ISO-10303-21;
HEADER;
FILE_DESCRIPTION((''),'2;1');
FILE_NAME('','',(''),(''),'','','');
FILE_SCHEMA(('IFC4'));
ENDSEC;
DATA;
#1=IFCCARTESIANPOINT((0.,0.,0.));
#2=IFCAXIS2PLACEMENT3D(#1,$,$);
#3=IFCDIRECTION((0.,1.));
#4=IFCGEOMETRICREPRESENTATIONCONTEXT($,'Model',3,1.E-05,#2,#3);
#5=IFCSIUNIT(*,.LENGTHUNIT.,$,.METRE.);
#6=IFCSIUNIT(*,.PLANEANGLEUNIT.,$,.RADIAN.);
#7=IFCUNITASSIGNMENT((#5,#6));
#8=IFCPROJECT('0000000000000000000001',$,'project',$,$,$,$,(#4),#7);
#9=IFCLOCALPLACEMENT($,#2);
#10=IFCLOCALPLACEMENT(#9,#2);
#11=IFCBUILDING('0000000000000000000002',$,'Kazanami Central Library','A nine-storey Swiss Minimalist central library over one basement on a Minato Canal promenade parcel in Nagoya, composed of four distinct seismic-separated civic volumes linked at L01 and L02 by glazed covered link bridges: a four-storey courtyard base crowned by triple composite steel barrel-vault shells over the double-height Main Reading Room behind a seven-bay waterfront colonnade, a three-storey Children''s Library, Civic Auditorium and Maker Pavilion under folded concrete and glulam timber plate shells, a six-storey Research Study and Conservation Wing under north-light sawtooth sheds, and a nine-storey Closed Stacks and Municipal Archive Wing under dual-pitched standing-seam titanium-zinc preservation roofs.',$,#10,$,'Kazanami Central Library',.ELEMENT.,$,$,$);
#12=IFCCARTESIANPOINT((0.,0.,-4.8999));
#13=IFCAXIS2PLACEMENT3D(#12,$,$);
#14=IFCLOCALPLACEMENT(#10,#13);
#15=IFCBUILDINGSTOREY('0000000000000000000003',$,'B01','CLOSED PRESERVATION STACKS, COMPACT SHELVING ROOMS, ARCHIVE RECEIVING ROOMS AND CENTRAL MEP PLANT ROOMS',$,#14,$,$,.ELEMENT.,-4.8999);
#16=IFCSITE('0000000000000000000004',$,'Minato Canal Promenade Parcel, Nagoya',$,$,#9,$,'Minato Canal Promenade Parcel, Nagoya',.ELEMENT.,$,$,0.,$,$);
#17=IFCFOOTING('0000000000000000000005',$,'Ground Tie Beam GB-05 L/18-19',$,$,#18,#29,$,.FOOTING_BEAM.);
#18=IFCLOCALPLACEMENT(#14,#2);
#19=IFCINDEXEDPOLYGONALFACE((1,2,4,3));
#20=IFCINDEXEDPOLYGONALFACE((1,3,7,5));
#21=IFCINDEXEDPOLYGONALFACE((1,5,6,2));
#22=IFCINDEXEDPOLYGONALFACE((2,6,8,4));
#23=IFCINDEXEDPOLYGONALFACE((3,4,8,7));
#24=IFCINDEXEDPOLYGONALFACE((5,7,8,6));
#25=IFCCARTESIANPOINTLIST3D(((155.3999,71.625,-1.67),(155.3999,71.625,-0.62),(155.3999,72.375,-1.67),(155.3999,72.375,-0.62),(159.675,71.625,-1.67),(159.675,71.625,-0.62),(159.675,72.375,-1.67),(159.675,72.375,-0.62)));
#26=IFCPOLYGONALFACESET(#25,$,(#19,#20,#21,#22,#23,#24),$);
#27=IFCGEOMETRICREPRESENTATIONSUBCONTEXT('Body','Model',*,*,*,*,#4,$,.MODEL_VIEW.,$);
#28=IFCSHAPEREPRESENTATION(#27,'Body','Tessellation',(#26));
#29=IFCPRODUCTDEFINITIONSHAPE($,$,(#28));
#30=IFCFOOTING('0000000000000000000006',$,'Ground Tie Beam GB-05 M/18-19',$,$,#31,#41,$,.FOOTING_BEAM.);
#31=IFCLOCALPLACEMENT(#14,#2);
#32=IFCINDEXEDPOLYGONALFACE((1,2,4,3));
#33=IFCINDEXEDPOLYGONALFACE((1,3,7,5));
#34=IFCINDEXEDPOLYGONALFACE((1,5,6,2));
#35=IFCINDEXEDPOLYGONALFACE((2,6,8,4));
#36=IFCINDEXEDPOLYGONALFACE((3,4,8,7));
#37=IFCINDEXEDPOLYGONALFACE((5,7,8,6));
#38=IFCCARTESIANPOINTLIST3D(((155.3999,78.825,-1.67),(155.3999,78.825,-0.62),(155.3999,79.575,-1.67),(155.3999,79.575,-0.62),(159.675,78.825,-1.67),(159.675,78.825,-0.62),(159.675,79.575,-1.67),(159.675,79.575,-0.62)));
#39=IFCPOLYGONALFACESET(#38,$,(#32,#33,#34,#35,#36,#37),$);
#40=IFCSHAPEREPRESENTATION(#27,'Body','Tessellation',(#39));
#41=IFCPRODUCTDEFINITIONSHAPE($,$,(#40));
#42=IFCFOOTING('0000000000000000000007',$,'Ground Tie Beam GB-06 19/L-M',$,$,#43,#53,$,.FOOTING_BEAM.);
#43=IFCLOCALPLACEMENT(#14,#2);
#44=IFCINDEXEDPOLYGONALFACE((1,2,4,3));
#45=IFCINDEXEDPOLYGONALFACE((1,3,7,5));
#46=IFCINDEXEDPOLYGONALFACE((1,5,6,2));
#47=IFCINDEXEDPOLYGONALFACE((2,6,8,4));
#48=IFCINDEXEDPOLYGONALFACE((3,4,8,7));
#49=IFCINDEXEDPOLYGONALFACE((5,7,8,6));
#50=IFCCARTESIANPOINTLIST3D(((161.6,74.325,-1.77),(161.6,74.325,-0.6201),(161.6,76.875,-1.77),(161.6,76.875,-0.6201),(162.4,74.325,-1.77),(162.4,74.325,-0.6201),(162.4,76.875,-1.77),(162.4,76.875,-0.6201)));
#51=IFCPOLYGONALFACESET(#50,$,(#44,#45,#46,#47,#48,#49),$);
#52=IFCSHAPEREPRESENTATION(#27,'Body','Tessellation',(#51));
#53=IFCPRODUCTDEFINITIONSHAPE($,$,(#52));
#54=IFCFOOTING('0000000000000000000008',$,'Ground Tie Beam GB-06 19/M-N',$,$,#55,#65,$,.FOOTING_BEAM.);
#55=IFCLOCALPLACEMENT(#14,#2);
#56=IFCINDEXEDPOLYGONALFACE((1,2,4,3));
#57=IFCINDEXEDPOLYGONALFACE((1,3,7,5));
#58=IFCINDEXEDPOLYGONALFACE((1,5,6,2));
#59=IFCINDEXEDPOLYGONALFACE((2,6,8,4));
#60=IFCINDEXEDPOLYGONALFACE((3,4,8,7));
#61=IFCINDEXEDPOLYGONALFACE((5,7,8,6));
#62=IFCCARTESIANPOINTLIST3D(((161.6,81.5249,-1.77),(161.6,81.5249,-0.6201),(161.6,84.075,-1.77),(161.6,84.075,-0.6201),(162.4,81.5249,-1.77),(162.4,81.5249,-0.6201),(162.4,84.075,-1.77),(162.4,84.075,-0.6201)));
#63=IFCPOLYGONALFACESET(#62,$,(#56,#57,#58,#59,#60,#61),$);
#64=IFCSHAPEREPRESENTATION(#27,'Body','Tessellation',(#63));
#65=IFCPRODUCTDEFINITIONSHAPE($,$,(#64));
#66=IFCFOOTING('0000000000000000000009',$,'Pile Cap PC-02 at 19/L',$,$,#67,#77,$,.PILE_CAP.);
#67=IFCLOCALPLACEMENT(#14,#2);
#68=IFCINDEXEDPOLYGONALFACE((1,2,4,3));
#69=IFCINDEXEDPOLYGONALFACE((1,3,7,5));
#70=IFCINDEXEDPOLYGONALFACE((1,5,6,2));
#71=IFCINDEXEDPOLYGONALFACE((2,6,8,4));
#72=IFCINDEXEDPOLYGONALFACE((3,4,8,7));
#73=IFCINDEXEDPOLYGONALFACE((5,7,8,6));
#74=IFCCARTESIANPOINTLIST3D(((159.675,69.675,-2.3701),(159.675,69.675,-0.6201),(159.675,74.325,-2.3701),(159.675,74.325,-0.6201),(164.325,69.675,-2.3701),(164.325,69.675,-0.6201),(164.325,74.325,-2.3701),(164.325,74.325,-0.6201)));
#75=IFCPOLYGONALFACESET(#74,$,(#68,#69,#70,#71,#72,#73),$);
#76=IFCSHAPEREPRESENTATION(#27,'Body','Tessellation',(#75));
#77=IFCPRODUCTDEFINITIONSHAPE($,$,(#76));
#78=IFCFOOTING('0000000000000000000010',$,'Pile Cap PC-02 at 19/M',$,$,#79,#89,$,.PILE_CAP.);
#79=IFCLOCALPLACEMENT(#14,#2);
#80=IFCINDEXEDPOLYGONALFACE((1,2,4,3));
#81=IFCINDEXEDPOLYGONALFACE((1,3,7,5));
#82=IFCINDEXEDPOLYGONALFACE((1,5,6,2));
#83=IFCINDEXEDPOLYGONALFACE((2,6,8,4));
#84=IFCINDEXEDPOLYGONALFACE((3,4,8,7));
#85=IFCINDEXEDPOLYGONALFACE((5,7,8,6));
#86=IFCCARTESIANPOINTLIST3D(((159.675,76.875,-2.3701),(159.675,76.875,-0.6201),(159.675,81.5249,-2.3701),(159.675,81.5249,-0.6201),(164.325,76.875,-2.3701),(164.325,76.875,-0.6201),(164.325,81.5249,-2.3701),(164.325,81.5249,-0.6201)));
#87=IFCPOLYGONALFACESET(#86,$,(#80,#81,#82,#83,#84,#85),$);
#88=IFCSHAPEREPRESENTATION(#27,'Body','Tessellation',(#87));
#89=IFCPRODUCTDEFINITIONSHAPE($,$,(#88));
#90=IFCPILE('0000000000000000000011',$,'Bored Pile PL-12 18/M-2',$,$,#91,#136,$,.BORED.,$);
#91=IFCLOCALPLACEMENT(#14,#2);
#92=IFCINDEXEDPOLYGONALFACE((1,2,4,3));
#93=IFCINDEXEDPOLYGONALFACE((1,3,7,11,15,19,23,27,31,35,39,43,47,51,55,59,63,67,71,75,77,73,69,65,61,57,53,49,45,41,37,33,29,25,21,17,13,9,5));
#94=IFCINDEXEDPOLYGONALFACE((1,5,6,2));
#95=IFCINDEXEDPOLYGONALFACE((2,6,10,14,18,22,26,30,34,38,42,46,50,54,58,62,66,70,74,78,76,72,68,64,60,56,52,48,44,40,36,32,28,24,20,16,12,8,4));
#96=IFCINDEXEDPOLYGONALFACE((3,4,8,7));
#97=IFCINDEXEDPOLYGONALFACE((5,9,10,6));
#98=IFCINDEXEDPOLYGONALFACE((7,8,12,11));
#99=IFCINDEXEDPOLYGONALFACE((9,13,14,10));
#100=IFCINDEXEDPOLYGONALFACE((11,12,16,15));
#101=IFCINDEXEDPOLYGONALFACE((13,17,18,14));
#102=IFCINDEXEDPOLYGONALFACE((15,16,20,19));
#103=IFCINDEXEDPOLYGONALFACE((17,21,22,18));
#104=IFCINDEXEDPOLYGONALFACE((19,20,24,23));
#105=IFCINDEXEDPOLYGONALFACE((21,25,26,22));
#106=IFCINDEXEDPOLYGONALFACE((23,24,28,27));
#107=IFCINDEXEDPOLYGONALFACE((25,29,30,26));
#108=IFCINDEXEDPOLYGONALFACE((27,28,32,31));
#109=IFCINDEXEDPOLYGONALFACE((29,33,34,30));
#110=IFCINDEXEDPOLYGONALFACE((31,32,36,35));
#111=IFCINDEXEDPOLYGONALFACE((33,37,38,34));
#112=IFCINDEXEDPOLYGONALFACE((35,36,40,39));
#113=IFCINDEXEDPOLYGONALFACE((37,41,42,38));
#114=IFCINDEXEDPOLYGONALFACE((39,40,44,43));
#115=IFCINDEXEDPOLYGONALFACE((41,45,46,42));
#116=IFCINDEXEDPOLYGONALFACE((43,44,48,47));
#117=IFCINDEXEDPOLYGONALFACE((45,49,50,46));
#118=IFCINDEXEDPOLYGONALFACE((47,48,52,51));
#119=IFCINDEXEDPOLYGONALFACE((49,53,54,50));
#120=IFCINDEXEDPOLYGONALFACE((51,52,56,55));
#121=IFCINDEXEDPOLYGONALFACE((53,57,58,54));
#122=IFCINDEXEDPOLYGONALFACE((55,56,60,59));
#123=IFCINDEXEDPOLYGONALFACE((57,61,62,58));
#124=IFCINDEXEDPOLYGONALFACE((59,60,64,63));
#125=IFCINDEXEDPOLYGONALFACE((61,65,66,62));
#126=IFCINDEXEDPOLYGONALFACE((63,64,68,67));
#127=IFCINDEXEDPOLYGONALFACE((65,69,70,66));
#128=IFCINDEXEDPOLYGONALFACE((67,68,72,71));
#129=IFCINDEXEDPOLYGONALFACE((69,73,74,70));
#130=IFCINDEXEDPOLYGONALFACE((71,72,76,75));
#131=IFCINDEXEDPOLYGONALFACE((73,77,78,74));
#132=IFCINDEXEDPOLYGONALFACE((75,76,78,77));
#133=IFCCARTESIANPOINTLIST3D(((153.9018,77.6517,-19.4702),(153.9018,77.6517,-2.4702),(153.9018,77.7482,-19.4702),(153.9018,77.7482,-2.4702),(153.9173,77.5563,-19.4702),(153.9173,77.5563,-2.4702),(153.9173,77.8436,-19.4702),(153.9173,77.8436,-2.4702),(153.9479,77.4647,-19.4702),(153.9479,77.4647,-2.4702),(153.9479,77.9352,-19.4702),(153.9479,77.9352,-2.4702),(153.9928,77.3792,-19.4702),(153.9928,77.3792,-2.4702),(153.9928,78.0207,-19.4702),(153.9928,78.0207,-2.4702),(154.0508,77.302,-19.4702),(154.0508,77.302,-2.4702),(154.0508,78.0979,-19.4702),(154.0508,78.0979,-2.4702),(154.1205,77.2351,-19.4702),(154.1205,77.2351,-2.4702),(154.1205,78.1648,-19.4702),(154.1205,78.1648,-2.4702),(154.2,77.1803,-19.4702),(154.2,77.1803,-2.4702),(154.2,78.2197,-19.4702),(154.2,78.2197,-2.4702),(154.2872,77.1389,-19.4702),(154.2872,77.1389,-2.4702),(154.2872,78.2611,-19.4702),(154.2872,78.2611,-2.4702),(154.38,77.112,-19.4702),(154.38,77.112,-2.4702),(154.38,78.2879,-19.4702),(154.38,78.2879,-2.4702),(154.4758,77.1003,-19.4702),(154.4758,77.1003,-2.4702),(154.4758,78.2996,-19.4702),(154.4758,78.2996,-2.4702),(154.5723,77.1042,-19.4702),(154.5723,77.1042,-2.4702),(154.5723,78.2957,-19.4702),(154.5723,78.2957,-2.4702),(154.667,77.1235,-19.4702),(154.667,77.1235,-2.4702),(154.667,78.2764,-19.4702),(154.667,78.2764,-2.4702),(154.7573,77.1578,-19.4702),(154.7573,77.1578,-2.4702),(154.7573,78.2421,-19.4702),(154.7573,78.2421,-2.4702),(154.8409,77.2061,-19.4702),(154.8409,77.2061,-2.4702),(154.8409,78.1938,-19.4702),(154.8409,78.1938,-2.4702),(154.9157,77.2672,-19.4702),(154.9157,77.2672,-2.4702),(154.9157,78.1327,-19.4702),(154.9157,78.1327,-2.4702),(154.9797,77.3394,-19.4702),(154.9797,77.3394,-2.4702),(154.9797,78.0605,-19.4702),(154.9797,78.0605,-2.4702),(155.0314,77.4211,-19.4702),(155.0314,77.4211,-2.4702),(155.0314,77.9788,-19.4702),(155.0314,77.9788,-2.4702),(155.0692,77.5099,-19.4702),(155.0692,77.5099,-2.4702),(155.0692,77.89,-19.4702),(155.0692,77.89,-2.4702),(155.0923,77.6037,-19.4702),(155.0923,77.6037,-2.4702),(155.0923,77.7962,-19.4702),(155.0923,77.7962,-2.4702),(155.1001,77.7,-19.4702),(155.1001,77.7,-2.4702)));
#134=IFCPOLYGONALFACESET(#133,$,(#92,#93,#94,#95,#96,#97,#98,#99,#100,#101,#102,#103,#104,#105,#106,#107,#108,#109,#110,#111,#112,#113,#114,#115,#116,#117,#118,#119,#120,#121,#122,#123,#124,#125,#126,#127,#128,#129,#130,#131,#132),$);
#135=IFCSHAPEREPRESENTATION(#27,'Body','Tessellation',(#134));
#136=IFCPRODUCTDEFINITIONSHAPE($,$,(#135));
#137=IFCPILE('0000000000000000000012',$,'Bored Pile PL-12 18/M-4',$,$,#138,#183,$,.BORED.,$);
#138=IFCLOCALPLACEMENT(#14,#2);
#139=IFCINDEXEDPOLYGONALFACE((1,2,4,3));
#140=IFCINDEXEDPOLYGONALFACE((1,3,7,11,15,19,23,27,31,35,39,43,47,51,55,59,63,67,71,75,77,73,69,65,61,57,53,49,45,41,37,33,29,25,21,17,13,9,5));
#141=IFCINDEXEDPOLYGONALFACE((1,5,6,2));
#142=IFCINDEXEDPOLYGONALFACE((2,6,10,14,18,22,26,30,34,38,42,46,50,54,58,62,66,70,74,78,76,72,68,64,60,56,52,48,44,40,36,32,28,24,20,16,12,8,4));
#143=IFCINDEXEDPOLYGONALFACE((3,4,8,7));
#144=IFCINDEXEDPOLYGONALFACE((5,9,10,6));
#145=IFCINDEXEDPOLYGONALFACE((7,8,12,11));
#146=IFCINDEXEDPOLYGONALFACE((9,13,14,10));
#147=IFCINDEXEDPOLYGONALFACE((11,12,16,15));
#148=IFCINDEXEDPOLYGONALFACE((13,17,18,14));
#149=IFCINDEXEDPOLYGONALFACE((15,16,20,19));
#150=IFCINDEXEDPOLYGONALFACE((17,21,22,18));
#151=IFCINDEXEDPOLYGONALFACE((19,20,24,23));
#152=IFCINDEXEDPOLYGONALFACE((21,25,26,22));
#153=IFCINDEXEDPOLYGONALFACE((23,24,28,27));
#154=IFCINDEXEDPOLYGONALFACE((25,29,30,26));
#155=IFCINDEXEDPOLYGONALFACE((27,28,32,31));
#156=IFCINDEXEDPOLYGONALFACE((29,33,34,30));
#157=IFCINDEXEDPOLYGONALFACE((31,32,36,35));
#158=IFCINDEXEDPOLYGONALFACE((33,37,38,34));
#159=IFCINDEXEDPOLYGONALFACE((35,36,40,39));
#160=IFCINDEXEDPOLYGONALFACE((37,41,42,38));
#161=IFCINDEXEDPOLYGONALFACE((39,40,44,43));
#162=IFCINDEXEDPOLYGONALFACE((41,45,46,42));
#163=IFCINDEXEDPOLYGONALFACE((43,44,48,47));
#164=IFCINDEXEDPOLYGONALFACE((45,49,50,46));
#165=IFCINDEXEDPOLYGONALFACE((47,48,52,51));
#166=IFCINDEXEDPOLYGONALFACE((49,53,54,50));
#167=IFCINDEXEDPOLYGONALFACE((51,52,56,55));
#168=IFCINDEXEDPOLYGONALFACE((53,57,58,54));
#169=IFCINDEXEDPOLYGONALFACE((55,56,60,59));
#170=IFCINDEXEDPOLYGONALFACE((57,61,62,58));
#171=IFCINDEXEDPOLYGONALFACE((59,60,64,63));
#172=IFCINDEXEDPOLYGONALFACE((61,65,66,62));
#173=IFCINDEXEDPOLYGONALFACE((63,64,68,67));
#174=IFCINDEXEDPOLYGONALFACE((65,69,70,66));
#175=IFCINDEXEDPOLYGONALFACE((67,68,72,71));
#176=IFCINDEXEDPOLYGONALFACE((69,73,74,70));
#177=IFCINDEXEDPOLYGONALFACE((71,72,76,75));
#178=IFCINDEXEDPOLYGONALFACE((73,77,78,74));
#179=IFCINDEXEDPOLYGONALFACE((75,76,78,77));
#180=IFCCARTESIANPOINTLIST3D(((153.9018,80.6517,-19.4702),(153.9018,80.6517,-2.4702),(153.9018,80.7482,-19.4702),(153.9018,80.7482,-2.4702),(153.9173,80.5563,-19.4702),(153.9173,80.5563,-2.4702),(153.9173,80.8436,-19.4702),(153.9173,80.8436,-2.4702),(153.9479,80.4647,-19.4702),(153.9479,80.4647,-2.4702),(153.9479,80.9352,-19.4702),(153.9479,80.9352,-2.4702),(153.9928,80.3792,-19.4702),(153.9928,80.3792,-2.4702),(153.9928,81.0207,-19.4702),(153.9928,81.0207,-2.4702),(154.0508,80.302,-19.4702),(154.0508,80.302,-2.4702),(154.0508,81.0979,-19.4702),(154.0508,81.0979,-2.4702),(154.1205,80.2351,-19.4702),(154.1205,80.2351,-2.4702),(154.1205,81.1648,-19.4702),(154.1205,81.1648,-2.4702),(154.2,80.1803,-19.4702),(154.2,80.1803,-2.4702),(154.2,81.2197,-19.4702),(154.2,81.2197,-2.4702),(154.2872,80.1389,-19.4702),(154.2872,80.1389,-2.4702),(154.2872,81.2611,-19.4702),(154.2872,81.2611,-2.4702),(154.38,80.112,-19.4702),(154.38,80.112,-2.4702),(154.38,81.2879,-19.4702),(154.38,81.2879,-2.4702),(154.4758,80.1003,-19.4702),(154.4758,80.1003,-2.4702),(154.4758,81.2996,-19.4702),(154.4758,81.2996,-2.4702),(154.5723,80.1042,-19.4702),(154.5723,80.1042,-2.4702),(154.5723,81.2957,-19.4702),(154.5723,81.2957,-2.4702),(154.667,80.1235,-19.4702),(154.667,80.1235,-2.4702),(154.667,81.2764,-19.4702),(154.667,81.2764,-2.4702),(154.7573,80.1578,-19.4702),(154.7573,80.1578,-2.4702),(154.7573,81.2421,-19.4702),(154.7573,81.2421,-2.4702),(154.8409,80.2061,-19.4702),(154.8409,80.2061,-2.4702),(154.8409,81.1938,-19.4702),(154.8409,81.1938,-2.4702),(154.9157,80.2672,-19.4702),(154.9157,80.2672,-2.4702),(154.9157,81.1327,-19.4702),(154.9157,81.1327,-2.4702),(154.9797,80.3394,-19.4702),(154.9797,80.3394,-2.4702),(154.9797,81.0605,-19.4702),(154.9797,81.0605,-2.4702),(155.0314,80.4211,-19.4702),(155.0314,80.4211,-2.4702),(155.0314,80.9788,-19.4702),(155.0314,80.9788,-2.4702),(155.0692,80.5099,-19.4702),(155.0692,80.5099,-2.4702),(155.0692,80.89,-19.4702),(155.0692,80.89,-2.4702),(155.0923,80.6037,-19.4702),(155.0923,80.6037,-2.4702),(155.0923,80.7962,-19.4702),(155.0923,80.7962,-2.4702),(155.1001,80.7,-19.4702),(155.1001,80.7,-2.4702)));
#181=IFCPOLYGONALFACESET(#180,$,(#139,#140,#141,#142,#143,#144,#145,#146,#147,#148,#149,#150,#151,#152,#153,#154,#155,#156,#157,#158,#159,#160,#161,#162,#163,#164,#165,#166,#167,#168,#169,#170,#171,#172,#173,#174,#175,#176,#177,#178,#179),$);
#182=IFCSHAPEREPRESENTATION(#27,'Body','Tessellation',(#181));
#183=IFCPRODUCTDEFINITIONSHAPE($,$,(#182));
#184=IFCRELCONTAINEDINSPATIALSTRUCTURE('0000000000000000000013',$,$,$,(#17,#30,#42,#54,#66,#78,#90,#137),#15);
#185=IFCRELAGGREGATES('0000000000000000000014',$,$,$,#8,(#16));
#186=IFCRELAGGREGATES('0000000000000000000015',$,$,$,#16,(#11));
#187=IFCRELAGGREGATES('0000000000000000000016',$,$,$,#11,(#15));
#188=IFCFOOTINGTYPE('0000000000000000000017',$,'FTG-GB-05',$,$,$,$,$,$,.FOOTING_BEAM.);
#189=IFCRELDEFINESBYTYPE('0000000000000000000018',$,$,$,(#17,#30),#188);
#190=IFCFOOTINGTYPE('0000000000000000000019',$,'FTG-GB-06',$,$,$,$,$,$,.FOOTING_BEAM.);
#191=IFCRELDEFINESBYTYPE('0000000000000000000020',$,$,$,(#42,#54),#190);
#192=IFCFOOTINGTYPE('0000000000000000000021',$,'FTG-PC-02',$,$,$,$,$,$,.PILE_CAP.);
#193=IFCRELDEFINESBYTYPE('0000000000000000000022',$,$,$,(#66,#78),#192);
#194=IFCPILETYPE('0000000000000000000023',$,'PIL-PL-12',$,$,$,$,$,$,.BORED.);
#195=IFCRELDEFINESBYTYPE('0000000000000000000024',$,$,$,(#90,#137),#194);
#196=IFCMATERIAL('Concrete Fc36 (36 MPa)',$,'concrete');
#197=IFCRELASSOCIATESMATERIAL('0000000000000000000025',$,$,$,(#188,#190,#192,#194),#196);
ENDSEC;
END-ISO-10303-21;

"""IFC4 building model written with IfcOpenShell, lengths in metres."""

from ifc_helpers import new_model, si_unit, direction, frame, origin, origin_2d, place, context, subcontext, project, spatial, rectangle, circle, extrude, material, material_profile, profile_set, type_object, element, save


model = new_model("IFC4")

# Units and contexts
model_context = context("Model", 3, precision=1e-05, world=origin(), true_north=direction((0.0, 1.0)))
body_context = subcontext(model_context, "Body", "Model", "MODEL_VIEW")
ifc_project = project(units=[si_unit("LENGTHUNIT", "METRE"), si_unit("PLANEANGLEUNIT", "RADIAN")], contexts=[model_context])

# Site, building, storey
site_placement = place(None, origin())
site = spatial("IfcSite", under=ifc_project, at=site_placement, Name="Minato Canal Promenade Parcel, Nagoya", LongName="Minato Canal Promenade Parcel, Nagoya", CompositionType="ELEMENT", RefElevation=0.0)
building_placement = place(site_placement, origin())
building = spatial("IfcBuilding", under=site, at=building_placement, Name="Kazanami Central Library", Description="A nine-storey Swiss Minimalist central library over one basement on a Minato Canal promenade parcel in Nagoya, composed of four distinct seismic-separated civic volumes linked at L01 and L02 by glazed covered link bridges: a four-storey courtyard base crowned by triple composite steel barrel-vault shells over the double-height Main Reading Room behind a seven-bay waterfront colonnade, a three-storey Children's Library, Civic Auditorium and Maker Pavilion under folded concrete and glulam timber plate shells, a six-storey Research Study and Conservation Wing under north-light sawtooth sheds, and a nine-storey Closed Stacks and Municipal Archive Wing under dual-pitched standing-seam titanium-zinc preservation roofs.", LongName="Kazanami Central Library", CompositionType="ELEMENT")
storey_placement = place(building_placement, frame((0.0, 0.0, -4.8999)))
storey = spatial("IfcBuildingStorey", under=building, at=storey_placement, Name="B01", Description="CLOSED PRESERVATION STACKS, COMPACT SHELVING ROOMS, ARCHIVE RECEIVING ROOMS AND CENTRAL MEP PLANT ROOMS", CompositionType="ELEMENT", Elevation=-4.8999)

# Footings
ifc_material_1 = material(Name="Concrete Fc36 (36 MPa)", Category="concrete")
ifc_material_profile_1 = material_profile(ifc_material_1, rectangle(XDim=0.75, YDim=1.05, at=origin_2d()), Name="RC-750x1050")
ifc_profile_set_1 = profile_set([ifc_material_profile_1], Name="Concrete Fc36 (36 MPa)")
footing_type_1 = type_object("IfcFootingType", Name="FTG-GB-05", PredefinedType="FOOTING_BEAM", material=ifc_profile_set_1)
for number, where, z_axis, x_axis, name in (
    (1, (155.3999, 72.0, -1.145), (1.0, 0.0, 0.0), (0.0, 1.0, 0.0), "Ground Tie Beam GB-05 L/18-19"),
    (2, (155.3999, 79.2, -1.145), (1.0, 0.0, 0.0), (0.0, 1.0, 0.0), "Ground Tie Beam GB-05 M/18-19"),
):
    element("IfcFooting", number, at=place(storey_placement, frame(where, z_axis=z_axis, x_axis=x_axis)), inside=storey, type_object=footing_type_1, Name=name, PredefinedType="FOOTING_BEAM", context=body_context, shape_type="SweptSolid", body=[
        extrude(rectangle(XDim=0.75, YDim=1.05, at=origin_2d()), origin(), (0.0, 0.0, 1.0), 4.2751),
    ])
ifc_material_profile_2 = material_profile(ifc_material_1, rectangle(XDim=0.8, YDim=1.1499, at=origin_2d()), Name="RC-800x1150")
ifc_profile_set_2 = profile_set([ifc_material_profile_2], Name="Concrete Fc36 (36 MPa)")
footing_type_2 = type_object("IfcFootingType", Name="FTG-GB-06", PredefinedType="FOOTING_BEAM", material=ifc_profile_set_2)
for number, where, z_axis, x_axis, name in (
    (3, (162.0, 74.325, -1.1951), (0.0, 1.0, 0.0), (-1.0, 0.0, 0.0), "Ground Tie Beam GB-06 19/L-M"),
    (4, (162.0, 81.5249, -1.1951), (0.0, 1.0, 0.0), (-1.0, 0.0, 0.0), "Ground Tie Beam GB-06 19/M-N"),
):
    element("IfcFooting", number, at=place(storey_placement, frame(where, z_axis=z_axis, x_axis=x_axis)), inside=storey, type_object=footing_type_2, Name=name, PredefinedType="FOOTING_BEAM", context=body_context, shape_type="SweptSolid", body=[
        extrude(rectangle(XDim=0.8, YDim=1.1499, at=origin_2d()), origin(), (0.0, 0.0, 1.0), 2.55),
    ])
footing_type_3 = type_object("IfcFootingType", Name="FTG-PC-02", PredefinedType="PILE_CAP", material=ifc_material_1)
for number, where, z_axis, x_axis, name in (
    (5, (162.0, 72.0, -2.3701), (0.0, 0.0, 1.0), (1.0, 0.0, 0.0), "Pile Cap PC-02 at 19/L"),
    (6, (162.0, 79.2, -2.3701), (0.0, 0.0, 1.0), (1.0, 0.0, 0.0), "Pile Cap PC-02 at 19/M"),
):
    element("IfcFooting", number, at=place(storey_placement, frame(where, z_axis=z_axis, x_axis=x_axis)), inside=storey, type_object=footing_type_3, Name=name, PredefinedType="PILE_CAP", context=body_context, shape_type="SweptSolid", body=[
        extrude(rectangle(XDim=4.6499, YDim=4.6499, at=origin_2d()), origin(), (0.0, 0.0, 1.0), 1.75),
    ])

# Piles
ifc_material_profile_3 = material_profile(ifc_material_1, circle(Radius=0.6001, at=origin_2d()), Name="BORED-D1200")
ifc_profile_set_3 = profile_set([ifc_material_profile_3], Name="Concrete Fc36 (36 MPa)")
pile_type = type_object("IfcPileType", Name="PIL-PL-12", PredefinedType="BORED", material=ifc_profile_set_3)
for number, where, z_axis, x_axis, name in (
    (7, (154.5, 77.7, -2.4702), (0.0, 0.0, -1.0), (1.0, 0.0, 0.0), "Bored Pile PL-12 18/M-2"),
    (8, (154.5, 80.7, -2.4702), (0.0, 0.0, -1.0), (1.0, 0.0, 0.0), "Bored Pile PL-12 18/M-4"),
):
    element("IfcPile", number, at=place(storey_placement, frame(where, z_axis=z_axis, x_axis=x_axis)), inside=storey, type_object=pile_type, Name=name, PredefinedType="BORED", context=body_context, shape_type="SweptSolid", body=[
        extrude(circle(Radius=0.6001, at=origin_2d()), origin(), (0.0, 0.0, 1.0), 17.0),
    ])

save(model, "model.ifc")
